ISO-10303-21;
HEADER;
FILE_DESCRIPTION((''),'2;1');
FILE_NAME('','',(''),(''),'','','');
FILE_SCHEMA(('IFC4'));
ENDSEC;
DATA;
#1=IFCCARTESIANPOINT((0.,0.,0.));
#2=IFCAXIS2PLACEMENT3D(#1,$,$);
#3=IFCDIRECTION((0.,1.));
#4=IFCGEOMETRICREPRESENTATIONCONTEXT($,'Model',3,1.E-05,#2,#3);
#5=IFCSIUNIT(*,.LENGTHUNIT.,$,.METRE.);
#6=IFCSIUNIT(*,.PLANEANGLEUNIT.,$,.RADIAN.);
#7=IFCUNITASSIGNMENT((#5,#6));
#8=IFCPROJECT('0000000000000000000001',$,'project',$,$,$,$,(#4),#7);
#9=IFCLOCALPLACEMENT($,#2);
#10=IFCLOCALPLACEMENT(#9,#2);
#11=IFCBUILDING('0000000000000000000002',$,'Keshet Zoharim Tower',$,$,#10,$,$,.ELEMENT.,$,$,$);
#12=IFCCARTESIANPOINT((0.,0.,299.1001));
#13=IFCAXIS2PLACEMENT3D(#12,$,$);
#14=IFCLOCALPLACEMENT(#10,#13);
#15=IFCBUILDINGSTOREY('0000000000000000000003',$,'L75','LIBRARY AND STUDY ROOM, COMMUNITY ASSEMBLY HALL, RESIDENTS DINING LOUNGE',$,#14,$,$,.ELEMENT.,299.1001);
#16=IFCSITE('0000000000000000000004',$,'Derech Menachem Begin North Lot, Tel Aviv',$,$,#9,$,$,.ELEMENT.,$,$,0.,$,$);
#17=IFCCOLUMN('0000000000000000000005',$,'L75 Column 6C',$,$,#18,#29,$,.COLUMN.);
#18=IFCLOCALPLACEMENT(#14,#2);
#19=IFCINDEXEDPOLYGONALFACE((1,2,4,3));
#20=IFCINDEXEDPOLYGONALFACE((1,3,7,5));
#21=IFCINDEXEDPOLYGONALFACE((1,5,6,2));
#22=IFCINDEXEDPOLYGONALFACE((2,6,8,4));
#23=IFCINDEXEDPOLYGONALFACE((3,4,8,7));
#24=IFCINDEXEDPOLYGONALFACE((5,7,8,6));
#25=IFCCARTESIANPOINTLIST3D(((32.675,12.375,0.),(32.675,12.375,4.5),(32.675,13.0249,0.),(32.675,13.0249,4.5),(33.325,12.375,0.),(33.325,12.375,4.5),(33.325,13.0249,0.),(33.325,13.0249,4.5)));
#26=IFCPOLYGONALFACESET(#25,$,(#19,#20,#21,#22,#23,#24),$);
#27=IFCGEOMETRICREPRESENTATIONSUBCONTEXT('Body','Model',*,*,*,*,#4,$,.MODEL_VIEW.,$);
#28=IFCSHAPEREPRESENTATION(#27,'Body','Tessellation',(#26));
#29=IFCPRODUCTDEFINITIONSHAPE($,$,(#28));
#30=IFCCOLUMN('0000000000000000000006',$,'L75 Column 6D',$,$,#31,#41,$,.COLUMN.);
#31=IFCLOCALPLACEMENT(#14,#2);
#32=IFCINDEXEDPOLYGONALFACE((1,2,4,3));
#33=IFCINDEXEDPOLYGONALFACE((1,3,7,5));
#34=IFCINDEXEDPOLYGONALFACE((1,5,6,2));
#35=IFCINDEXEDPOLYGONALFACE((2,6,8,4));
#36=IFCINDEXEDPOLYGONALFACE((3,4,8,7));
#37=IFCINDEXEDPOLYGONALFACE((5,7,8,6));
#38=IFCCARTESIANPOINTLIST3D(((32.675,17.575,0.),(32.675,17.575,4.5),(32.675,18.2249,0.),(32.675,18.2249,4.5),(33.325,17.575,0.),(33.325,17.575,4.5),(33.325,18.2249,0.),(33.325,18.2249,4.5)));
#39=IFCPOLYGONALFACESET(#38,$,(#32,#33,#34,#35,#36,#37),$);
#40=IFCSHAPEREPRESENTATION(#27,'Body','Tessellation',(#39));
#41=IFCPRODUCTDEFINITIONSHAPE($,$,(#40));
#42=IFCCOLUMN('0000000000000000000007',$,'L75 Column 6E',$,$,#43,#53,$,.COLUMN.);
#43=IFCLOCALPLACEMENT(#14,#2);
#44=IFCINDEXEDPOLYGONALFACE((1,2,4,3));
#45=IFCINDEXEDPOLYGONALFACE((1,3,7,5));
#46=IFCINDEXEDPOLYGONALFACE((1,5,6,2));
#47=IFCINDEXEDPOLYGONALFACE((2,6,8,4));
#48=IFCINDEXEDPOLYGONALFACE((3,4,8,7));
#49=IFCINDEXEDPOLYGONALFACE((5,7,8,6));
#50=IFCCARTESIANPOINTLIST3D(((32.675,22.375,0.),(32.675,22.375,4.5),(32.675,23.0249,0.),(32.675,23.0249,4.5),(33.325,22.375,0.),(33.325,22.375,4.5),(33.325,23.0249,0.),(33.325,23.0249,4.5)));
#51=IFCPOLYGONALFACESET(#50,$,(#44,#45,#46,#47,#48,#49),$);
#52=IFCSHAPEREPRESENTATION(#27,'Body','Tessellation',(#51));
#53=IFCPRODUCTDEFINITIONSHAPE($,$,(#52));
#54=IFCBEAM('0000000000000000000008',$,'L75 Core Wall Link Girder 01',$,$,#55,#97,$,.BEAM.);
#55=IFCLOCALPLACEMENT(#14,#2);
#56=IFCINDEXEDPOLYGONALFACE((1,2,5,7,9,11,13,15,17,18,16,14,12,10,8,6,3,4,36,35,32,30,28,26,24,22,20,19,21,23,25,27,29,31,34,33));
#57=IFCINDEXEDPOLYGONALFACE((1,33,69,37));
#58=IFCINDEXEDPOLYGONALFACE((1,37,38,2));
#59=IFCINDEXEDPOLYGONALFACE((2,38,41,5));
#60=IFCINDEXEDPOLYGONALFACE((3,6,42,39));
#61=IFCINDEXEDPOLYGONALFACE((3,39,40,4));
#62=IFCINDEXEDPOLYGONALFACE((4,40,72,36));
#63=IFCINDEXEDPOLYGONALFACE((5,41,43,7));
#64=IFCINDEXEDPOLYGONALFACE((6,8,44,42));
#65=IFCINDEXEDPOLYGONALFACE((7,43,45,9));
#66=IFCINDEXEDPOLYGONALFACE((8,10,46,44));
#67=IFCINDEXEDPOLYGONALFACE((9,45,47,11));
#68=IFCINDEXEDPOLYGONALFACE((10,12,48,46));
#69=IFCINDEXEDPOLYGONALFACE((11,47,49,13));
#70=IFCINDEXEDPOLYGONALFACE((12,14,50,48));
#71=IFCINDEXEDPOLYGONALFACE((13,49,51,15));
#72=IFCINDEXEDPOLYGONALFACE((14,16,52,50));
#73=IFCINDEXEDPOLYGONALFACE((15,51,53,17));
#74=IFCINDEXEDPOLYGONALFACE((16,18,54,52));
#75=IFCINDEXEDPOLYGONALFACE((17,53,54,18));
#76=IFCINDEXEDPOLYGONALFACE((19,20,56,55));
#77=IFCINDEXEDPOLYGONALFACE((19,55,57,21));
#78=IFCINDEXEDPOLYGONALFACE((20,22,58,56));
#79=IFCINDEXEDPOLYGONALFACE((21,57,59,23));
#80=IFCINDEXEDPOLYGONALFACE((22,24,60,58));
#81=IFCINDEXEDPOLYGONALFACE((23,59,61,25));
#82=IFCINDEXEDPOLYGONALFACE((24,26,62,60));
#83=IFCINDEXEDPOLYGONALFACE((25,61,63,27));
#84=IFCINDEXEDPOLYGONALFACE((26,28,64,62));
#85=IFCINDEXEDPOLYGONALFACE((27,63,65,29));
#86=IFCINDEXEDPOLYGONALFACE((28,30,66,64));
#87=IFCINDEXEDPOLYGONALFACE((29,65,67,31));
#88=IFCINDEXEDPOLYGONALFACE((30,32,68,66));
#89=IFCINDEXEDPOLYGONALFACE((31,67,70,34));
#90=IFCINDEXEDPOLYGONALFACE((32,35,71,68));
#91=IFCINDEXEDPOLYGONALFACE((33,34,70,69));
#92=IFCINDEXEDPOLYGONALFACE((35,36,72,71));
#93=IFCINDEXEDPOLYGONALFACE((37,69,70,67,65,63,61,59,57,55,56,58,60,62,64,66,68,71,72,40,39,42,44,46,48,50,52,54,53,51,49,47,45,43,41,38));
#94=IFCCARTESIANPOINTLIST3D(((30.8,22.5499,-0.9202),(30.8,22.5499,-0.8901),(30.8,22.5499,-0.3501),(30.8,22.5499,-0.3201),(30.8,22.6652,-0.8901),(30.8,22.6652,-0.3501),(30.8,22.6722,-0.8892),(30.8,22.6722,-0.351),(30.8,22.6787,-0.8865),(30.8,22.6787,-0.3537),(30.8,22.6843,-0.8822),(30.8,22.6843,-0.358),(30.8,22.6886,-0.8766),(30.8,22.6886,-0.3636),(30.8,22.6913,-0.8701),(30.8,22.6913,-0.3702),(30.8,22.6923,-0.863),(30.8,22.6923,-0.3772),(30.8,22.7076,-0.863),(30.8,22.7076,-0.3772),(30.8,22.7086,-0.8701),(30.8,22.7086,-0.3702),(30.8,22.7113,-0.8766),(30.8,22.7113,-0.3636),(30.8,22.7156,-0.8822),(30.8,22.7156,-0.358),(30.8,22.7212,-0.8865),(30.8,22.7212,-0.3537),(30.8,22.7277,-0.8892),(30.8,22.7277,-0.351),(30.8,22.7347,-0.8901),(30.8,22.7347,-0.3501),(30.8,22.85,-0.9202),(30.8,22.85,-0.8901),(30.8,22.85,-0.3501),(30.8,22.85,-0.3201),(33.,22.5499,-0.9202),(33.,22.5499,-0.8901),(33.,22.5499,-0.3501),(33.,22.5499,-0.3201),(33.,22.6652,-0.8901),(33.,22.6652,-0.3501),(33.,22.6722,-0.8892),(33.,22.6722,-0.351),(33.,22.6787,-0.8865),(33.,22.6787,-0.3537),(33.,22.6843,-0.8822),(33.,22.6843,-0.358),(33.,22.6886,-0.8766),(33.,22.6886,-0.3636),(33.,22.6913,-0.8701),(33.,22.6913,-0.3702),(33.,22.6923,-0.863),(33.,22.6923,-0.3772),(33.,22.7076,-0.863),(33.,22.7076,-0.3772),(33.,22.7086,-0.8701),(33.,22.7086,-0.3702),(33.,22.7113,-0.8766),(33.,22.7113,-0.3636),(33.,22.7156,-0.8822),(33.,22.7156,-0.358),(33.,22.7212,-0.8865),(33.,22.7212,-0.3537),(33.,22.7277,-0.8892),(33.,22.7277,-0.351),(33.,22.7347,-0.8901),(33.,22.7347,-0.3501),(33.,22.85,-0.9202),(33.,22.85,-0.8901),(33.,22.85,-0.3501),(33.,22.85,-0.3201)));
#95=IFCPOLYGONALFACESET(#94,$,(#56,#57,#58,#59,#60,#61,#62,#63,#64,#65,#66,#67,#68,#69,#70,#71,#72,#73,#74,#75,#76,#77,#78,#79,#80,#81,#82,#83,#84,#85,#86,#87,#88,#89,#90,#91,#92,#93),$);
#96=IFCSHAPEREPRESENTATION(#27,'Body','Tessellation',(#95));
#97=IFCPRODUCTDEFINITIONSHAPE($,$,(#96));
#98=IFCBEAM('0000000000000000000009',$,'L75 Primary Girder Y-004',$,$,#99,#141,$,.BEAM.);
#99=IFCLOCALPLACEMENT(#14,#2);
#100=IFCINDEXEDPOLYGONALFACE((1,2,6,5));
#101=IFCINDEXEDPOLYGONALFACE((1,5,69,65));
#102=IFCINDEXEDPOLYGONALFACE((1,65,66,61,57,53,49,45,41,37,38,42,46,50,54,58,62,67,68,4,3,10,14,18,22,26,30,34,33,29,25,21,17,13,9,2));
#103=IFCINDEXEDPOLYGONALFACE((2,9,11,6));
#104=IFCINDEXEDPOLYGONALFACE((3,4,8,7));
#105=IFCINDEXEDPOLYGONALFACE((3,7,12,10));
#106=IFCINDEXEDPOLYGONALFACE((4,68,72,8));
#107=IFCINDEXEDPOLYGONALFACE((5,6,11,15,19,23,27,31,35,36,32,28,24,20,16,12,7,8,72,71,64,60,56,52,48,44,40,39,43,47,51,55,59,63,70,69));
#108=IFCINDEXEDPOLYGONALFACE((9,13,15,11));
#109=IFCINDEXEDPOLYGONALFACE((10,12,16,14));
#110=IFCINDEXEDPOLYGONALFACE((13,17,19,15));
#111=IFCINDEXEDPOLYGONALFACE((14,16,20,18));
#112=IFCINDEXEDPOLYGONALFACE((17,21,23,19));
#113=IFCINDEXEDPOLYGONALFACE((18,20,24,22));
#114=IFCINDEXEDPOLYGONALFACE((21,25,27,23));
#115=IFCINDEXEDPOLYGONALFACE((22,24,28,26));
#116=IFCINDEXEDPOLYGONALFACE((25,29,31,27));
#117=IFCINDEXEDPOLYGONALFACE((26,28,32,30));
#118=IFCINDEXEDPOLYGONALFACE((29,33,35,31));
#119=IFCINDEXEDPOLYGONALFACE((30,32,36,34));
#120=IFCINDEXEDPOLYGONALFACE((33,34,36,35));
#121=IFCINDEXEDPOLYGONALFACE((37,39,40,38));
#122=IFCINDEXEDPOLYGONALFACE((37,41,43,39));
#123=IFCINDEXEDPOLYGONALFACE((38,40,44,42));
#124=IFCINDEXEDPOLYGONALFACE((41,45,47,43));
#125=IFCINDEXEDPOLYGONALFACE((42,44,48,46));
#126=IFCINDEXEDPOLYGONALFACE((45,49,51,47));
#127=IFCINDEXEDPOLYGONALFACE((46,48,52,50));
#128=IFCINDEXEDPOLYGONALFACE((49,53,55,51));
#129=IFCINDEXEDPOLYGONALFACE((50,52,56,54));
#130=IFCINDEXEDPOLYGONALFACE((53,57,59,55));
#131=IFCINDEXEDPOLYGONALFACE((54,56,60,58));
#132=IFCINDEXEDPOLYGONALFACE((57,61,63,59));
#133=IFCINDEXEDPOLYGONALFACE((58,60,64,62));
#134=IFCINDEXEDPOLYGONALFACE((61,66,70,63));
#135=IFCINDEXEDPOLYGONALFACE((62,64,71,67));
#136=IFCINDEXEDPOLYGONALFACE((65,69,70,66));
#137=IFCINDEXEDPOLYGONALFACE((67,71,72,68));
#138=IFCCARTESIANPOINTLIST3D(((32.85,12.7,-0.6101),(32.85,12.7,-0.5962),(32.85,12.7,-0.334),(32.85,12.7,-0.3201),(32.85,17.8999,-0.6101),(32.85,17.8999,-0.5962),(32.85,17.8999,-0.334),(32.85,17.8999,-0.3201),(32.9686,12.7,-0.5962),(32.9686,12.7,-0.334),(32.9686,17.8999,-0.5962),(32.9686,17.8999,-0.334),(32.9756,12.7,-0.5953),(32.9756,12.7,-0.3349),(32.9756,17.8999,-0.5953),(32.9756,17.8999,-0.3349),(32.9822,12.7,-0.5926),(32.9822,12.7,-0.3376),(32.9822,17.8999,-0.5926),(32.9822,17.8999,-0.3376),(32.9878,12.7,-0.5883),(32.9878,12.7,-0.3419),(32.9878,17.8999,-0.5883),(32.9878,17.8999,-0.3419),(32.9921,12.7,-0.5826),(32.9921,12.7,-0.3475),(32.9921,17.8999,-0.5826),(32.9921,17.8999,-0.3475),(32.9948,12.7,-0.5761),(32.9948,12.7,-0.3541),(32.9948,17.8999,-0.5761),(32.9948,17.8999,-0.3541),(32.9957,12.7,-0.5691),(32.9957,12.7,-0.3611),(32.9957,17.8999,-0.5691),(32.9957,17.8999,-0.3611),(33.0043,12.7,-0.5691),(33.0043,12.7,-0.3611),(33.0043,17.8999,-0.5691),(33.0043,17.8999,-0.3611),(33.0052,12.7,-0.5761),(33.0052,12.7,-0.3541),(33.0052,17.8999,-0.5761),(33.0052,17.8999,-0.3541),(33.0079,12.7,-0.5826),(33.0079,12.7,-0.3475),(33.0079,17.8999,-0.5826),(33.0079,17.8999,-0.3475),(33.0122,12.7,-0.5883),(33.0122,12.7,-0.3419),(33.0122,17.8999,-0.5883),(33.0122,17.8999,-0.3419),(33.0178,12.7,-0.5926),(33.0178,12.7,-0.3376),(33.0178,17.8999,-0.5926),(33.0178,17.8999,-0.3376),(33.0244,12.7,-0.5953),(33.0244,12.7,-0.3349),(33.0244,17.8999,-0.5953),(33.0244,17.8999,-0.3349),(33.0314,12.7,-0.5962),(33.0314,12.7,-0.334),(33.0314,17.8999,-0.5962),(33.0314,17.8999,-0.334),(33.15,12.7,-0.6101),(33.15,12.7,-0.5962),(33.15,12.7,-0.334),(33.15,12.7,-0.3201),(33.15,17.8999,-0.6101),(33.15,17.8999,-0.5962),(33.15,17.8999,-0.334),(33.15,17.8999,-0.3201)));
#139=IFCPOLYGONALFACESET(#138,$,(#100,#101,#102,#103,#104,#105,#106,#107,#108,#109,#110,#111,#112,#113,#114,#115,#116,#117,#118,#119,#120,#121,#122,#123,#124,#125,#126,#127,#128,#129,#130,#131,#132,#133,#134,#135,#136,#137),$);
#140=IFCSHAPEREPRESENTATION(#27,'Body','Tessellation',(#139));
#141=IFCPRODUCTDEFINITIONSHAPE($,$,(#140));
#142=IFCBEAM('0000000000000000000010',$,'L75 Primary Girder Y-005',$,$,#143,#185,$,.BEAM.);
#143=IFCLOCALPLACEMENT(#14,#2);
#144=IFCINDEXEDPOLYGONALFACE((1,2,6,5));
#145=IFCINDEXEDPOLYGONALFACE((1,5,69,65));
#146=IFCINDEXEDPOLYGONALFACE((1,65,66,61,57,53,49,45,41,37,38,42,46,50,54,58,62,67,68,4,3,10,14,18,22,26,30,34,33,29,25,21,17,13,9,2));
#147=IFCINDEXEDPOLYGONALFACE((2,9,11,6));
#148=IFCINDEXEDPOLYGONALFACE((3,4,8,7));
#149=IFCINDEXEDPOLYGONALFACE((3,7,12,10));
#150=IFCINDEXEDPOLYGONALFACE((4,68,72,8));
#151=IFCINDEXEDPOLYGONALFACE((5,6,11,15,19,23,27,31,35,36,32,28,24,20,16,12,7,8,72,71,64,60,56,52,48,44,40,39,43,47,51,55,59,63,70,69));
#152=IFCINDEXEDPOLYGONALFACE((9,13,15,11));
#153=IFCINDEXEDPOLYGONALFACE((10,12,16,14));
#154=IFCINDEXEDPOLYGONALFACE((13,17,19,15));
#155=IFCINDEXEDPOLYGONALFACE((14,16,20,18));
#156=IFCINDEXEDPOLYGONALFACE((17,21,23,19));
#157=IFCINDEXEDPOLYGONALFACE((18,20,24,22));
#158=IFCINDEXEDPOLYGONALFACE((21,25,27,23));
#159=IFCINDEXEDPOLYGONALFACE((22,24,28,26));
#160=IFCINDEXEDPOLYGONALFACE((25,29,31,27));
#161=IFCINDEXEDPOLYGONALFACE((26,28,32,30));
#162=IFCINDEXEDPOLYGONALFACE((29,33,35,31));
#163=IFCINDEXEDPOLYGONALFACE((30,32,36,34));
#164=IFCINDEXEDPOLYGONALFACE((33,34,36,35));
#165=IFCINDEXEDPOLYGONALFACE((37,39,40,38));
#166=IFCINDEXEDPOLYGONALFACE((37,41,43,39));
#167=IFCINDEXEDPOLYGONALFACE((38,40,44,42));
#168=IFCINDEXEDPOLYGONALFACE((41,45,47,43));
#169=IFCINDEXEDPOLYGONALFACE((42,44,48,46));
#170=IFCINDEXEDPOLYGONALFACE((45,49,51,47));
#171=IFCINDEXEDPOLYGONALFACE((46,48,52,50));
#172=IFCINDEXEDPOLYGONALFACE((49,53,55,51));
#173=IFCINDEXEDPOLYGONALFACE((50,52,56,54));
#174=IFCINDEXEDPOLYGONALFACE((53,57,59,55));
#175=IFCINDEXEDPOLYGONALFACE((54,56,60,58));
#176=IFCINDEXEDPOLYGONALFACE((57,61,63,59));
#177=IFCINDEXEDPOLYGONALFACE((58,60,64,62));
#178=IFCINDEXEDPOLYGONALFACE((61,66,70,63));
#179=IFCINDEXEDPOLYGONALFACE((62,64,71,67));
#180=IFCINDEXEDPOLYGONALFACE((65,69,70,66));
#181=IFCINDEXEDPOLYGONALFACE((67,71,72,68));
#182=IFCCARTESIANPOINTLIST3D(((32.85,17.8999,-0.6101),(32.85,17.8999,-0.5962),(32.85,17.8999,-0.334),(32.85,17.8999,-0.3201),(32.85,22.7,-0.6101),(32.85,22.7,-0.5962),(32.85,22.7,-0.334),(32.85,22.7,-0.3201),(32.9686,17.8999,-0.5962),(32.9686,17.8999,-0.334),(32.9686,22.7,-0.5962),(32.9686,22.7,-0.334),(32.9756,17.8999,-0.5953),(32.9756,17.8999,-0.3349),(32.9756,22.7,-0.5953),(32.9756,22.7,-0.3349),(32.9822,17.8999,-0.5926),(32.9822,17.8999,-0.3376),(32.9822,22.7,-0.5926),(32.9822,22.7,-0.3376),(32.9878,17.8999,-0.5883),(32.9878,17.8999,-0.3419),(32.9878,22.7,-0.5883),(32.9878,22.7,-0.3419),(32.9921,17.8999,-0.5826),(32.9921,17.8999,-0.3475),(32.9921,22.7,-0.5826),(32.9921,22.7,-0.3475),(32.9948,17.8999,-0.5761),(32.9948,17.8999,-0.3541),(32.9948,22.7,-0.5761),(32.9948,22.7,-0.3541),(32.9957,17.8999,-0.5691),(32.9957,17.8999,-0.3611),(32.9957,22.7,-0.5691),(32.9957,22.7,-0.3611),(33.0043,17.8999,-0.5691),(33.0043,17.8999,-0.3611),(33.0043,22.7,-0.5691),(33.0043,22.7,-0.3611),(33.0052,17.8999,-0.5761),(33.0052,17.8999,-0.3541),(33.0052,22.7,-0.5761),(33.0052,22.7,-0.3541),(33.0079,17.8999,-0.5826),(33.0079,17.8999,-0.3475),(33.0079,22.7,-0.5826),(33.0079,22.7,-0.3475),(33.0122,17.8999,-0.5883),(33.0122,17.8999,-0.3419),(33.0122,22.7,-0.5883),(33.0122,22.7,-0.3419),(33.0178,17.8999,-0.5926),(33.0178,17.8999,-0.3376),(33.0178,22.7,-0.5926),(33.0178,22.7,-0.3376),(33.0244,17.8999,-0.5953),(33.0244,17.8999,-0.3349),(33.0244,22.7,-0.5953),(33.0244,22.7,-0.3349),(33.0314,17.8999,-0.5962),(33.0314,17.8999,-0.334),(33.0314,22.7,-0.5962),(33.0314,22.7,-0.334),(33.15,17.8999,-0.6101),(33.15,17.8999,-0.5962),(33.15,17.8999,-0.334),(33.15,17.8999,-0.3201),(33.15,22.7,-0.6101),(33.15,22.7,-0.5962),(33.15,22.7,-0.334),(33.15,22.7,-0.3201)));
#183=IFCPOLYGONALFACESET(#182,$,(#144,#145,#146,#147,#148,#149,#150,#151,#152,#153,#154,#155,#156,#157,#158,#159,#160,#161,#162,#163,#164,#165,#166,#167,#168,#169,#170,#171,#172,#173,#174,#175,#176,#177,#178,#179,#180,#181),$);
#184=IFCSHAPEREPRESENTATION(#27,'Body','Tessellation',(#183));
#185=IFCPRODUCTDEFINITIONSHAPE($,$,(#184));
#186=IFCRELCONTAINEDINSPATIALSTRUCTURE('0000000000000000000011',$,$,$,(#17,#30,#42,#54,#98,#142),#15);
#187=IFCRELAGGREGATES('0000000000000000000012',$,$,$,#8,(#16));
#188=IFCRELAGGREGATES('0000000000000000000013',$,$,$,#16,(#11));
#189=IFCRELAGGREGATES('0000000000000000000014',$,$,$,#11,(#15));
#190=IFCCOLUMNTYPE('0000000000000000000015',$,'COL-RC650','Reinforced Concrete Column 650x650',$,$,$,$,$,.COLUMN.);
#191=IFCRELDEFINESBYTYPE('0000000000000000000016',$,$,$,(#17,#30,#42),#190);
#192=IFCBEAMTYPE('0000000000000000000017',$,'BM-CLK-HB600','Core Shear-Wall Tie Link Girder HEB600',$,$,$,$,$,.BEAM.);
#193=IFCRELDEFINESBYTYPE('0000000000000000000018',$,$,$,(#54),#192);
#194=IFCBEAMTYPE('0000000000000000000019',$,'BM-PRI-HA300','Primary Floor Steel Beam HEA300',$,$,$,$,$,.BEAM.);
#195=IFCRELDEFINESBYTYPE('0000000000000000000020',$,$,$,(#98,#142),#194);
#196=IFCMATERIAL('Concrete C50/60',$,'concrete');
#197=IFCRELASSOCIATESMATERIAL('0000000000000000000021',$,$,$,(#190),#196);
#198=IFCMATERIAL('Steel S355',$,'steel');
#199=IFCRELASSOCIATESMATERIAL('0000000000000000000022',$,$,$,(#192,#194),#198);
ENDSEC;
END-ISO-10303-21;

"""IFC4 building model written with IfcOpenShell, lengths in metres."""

from ifc_helpers import new_model, si_unit, direction, frame, origin, origin_2d, place, context, subcontext, project, spatial, rectangle, i_section, extrude, material, material_profile, profile_set, type_object, element, save


model = new_model("IFC4")

# Units and contexts
model_context = context("Model", 3, precision=1e-05, world=origin(), true_north=direction((0.0, 1.0)))
body_context = subcontext(model_context, "Body", "Model", "MODEL_VIEW")
ifc_project = project(units=[si_unit("LENGTHUNIT", "METRE"), si_unit("PLANEANGLEUNIT", "RADIAN")], contexts=[model_context])

# Site, building, storey
site_placement = place(None, origin())
site = spatial("IfcSite", under=ifc_project, at=site_placement, Name="Derech Menachem Begin North Lot, Tel Aviv", CompositionType="ELEMENT", RefElevation=0.0)
building_placement = place(site_placement, origin())
building = spatial("IfcBuilding", under=site, at=building_placement, Name="Keshet Zoharim Tower", CompositionType="ELEMENT")
storey_placement = place(building_placement, frame((0.0, 0.0, 299.1001)))
storey = spatial("IfcBuildingStorey", under=building, at=storey_placement, Name="L75", Description="LIBRARY AND STUDY ROOM, COMMUNITY ASSEMBLY HALL, RESIDENTS DINING LOUNGE", CompositionType="ELEMENT", Elevation=299.1001)

# Columns
ifc_material_1 = material(Name="Concrete C50/60", Category="concrete")
ifc_material_profile_1 = material_profile(ifc_material_1, rectangle(XDim=0.6499, YDim=0.6499, at=origin_2d()), Name="RC650x650")
ifc_profile_set_1 = profile_set([ifc_material_profile_1], Name="Concrete C50/60")
column_type = type_object("IfcColumnType", Name="COL-RC650", Description="Reinforced Concrete Column 650x650", PredefinedType="COLUMN", material=ifc_profile_set_1)
for number, where, z_axis, x_axis, name in (
    (1, (33.0, 12.7, 0.0), (0.0, 0.0, 1.0), (1.0, 0.0, 0.0), "L75 Column 6C"),
    (2, (33.0, 17.8999, 0.0), (0.0, 0.0, 1.0), (1.0, 0.0, 0.0), "L75 Column 6D"),
    (3, (33.0, 22.7, 0.0), (0.0, 0.0, 1.0), (1.0, 0.0, 0.0), "L75 Column 6E"),
):
    element("IfcColumn", number, at=place(storey_placement, frame(where, z_axis=z_axis, x_axis=x_axis)), inside=storey, type_object=column_type, Name=name, PredefinedType="COLUMN", context=body_context, shape_type="SweptSolid", body=[
        extrude(rectangle(XDim=0.6499, YDim=0.6499, at=origin_2d()), origin(), (0.0, 0.0, 1.0), 4.5),
    ])

# Beams
ifc_material_2 = material(Name="Steel S355", Category="steel")
ifc_material_profile_2 = material_profile(ifc_material_2, i_section(OverallWidth=0.3, OverallDepth=0.6001, WebThickness=0.0154, FlangeThickness=0.03, FilletRadius=0.0271, at=origin_2d()), Name="HEB600")
ifc_profile_set_2 = profile_set([ifc_material_profile_2], Name="Steel S355")
beam_type_1 = type_object("IfcBeamType", Name="BM-CLK-HB600", Description="Core Shear-Wall Tie Link Girder HEB600", PredefinedType="BEAM", material=ifc_profile_set_2)
beam_1_placement = place(storey_placement, frame((30.8, 22.7, -0.6201), z_axis=(1.0, 0.0, 0.0), x_axis=(0.0, 1.0, 0.0)))
element("IfcBeam", 4, at=beam_1_placement, inside=storey, type_object=beam_type_1, Name="L75 Core Wall Link Girder 01", PredefinedType="BEAM", context=body_context, shape_type="SweptSolid", body=[
    extrude(i_section(OverallWidth=0.3, OverallDepth=0.6001, WebThickness=0.0154, FlangeThickness=0.03, FilletRadius=0.0271, at=origin_2d()), origin(), (0.0, 0.0, 1.0), 2.2),
])
ifc_material_profile_3 = material_profile(ifc_material_2, i_section(OverallWidth=0.3, OverallDepth=0.29, WebThickness=0.0085, FlangeThickness=0.0139, FilletRadius=0.0271, at=origin_2d()), Name="HEA300")
ifc_profile_set_3 = profile_set([ifc_material_profile_3], Name="Steel S355")
beam_type_2 = type_object("IfcBeamType", Name="BM-PRI-HA300", Description="Primary Floor Steel Beam HEA300", PredefinedType="BEAM", material=ifc_profile_set_3)
beam_2_placement = place(storey_placement, frame((33.0, 12.7, -0.4651), z_axis=(0.0, 1.0, 0.0), x_axis=(-1.0, 0.0, 0.0)))
element("IfcBeam", 5, at=beam_2_placement, inside=storey, type_object=beam_type_2, Name="L75 Primary Girder Y-004", PredefinedType="BEAM", context=body_context, shape_type="SweptSolid", body=[
    extrude(i_section(OverallWidth=0.3, OverallDepth=0.29, WebThickness=0.0085, FlangeThickness=0.0139, FilletRadius=0.0271, at=origin_2d()), origin(), (0.0, 0.0, 1.0), 5.2),
])
beam_3_placement = place(storey_placement, frame((33.0, 17.8999, -0.4651), z_axis=(0.0, 1.0, 0.0), x_axis=(-1.0, 0.0, 0.0)))
element("IfcBeam", 6, at=beam_3_placement, inside=storey, type_object=beam_type_2, Name="L75 Primary Girder Y-005", PredefinedType="BEAM", context=body_context, shape_type="SweptSolid", body=[
    extrude(i_section(OverallWidth=0.3, OverallDepth=0.29, WebThickness=0.0085, FlangeThickness=0.0139, FilletRadius=0.0271, at=origin_2d()), origin(), (0.0, 0.0, 1.0), 4.8),
])

save(model, "model.ifc")
